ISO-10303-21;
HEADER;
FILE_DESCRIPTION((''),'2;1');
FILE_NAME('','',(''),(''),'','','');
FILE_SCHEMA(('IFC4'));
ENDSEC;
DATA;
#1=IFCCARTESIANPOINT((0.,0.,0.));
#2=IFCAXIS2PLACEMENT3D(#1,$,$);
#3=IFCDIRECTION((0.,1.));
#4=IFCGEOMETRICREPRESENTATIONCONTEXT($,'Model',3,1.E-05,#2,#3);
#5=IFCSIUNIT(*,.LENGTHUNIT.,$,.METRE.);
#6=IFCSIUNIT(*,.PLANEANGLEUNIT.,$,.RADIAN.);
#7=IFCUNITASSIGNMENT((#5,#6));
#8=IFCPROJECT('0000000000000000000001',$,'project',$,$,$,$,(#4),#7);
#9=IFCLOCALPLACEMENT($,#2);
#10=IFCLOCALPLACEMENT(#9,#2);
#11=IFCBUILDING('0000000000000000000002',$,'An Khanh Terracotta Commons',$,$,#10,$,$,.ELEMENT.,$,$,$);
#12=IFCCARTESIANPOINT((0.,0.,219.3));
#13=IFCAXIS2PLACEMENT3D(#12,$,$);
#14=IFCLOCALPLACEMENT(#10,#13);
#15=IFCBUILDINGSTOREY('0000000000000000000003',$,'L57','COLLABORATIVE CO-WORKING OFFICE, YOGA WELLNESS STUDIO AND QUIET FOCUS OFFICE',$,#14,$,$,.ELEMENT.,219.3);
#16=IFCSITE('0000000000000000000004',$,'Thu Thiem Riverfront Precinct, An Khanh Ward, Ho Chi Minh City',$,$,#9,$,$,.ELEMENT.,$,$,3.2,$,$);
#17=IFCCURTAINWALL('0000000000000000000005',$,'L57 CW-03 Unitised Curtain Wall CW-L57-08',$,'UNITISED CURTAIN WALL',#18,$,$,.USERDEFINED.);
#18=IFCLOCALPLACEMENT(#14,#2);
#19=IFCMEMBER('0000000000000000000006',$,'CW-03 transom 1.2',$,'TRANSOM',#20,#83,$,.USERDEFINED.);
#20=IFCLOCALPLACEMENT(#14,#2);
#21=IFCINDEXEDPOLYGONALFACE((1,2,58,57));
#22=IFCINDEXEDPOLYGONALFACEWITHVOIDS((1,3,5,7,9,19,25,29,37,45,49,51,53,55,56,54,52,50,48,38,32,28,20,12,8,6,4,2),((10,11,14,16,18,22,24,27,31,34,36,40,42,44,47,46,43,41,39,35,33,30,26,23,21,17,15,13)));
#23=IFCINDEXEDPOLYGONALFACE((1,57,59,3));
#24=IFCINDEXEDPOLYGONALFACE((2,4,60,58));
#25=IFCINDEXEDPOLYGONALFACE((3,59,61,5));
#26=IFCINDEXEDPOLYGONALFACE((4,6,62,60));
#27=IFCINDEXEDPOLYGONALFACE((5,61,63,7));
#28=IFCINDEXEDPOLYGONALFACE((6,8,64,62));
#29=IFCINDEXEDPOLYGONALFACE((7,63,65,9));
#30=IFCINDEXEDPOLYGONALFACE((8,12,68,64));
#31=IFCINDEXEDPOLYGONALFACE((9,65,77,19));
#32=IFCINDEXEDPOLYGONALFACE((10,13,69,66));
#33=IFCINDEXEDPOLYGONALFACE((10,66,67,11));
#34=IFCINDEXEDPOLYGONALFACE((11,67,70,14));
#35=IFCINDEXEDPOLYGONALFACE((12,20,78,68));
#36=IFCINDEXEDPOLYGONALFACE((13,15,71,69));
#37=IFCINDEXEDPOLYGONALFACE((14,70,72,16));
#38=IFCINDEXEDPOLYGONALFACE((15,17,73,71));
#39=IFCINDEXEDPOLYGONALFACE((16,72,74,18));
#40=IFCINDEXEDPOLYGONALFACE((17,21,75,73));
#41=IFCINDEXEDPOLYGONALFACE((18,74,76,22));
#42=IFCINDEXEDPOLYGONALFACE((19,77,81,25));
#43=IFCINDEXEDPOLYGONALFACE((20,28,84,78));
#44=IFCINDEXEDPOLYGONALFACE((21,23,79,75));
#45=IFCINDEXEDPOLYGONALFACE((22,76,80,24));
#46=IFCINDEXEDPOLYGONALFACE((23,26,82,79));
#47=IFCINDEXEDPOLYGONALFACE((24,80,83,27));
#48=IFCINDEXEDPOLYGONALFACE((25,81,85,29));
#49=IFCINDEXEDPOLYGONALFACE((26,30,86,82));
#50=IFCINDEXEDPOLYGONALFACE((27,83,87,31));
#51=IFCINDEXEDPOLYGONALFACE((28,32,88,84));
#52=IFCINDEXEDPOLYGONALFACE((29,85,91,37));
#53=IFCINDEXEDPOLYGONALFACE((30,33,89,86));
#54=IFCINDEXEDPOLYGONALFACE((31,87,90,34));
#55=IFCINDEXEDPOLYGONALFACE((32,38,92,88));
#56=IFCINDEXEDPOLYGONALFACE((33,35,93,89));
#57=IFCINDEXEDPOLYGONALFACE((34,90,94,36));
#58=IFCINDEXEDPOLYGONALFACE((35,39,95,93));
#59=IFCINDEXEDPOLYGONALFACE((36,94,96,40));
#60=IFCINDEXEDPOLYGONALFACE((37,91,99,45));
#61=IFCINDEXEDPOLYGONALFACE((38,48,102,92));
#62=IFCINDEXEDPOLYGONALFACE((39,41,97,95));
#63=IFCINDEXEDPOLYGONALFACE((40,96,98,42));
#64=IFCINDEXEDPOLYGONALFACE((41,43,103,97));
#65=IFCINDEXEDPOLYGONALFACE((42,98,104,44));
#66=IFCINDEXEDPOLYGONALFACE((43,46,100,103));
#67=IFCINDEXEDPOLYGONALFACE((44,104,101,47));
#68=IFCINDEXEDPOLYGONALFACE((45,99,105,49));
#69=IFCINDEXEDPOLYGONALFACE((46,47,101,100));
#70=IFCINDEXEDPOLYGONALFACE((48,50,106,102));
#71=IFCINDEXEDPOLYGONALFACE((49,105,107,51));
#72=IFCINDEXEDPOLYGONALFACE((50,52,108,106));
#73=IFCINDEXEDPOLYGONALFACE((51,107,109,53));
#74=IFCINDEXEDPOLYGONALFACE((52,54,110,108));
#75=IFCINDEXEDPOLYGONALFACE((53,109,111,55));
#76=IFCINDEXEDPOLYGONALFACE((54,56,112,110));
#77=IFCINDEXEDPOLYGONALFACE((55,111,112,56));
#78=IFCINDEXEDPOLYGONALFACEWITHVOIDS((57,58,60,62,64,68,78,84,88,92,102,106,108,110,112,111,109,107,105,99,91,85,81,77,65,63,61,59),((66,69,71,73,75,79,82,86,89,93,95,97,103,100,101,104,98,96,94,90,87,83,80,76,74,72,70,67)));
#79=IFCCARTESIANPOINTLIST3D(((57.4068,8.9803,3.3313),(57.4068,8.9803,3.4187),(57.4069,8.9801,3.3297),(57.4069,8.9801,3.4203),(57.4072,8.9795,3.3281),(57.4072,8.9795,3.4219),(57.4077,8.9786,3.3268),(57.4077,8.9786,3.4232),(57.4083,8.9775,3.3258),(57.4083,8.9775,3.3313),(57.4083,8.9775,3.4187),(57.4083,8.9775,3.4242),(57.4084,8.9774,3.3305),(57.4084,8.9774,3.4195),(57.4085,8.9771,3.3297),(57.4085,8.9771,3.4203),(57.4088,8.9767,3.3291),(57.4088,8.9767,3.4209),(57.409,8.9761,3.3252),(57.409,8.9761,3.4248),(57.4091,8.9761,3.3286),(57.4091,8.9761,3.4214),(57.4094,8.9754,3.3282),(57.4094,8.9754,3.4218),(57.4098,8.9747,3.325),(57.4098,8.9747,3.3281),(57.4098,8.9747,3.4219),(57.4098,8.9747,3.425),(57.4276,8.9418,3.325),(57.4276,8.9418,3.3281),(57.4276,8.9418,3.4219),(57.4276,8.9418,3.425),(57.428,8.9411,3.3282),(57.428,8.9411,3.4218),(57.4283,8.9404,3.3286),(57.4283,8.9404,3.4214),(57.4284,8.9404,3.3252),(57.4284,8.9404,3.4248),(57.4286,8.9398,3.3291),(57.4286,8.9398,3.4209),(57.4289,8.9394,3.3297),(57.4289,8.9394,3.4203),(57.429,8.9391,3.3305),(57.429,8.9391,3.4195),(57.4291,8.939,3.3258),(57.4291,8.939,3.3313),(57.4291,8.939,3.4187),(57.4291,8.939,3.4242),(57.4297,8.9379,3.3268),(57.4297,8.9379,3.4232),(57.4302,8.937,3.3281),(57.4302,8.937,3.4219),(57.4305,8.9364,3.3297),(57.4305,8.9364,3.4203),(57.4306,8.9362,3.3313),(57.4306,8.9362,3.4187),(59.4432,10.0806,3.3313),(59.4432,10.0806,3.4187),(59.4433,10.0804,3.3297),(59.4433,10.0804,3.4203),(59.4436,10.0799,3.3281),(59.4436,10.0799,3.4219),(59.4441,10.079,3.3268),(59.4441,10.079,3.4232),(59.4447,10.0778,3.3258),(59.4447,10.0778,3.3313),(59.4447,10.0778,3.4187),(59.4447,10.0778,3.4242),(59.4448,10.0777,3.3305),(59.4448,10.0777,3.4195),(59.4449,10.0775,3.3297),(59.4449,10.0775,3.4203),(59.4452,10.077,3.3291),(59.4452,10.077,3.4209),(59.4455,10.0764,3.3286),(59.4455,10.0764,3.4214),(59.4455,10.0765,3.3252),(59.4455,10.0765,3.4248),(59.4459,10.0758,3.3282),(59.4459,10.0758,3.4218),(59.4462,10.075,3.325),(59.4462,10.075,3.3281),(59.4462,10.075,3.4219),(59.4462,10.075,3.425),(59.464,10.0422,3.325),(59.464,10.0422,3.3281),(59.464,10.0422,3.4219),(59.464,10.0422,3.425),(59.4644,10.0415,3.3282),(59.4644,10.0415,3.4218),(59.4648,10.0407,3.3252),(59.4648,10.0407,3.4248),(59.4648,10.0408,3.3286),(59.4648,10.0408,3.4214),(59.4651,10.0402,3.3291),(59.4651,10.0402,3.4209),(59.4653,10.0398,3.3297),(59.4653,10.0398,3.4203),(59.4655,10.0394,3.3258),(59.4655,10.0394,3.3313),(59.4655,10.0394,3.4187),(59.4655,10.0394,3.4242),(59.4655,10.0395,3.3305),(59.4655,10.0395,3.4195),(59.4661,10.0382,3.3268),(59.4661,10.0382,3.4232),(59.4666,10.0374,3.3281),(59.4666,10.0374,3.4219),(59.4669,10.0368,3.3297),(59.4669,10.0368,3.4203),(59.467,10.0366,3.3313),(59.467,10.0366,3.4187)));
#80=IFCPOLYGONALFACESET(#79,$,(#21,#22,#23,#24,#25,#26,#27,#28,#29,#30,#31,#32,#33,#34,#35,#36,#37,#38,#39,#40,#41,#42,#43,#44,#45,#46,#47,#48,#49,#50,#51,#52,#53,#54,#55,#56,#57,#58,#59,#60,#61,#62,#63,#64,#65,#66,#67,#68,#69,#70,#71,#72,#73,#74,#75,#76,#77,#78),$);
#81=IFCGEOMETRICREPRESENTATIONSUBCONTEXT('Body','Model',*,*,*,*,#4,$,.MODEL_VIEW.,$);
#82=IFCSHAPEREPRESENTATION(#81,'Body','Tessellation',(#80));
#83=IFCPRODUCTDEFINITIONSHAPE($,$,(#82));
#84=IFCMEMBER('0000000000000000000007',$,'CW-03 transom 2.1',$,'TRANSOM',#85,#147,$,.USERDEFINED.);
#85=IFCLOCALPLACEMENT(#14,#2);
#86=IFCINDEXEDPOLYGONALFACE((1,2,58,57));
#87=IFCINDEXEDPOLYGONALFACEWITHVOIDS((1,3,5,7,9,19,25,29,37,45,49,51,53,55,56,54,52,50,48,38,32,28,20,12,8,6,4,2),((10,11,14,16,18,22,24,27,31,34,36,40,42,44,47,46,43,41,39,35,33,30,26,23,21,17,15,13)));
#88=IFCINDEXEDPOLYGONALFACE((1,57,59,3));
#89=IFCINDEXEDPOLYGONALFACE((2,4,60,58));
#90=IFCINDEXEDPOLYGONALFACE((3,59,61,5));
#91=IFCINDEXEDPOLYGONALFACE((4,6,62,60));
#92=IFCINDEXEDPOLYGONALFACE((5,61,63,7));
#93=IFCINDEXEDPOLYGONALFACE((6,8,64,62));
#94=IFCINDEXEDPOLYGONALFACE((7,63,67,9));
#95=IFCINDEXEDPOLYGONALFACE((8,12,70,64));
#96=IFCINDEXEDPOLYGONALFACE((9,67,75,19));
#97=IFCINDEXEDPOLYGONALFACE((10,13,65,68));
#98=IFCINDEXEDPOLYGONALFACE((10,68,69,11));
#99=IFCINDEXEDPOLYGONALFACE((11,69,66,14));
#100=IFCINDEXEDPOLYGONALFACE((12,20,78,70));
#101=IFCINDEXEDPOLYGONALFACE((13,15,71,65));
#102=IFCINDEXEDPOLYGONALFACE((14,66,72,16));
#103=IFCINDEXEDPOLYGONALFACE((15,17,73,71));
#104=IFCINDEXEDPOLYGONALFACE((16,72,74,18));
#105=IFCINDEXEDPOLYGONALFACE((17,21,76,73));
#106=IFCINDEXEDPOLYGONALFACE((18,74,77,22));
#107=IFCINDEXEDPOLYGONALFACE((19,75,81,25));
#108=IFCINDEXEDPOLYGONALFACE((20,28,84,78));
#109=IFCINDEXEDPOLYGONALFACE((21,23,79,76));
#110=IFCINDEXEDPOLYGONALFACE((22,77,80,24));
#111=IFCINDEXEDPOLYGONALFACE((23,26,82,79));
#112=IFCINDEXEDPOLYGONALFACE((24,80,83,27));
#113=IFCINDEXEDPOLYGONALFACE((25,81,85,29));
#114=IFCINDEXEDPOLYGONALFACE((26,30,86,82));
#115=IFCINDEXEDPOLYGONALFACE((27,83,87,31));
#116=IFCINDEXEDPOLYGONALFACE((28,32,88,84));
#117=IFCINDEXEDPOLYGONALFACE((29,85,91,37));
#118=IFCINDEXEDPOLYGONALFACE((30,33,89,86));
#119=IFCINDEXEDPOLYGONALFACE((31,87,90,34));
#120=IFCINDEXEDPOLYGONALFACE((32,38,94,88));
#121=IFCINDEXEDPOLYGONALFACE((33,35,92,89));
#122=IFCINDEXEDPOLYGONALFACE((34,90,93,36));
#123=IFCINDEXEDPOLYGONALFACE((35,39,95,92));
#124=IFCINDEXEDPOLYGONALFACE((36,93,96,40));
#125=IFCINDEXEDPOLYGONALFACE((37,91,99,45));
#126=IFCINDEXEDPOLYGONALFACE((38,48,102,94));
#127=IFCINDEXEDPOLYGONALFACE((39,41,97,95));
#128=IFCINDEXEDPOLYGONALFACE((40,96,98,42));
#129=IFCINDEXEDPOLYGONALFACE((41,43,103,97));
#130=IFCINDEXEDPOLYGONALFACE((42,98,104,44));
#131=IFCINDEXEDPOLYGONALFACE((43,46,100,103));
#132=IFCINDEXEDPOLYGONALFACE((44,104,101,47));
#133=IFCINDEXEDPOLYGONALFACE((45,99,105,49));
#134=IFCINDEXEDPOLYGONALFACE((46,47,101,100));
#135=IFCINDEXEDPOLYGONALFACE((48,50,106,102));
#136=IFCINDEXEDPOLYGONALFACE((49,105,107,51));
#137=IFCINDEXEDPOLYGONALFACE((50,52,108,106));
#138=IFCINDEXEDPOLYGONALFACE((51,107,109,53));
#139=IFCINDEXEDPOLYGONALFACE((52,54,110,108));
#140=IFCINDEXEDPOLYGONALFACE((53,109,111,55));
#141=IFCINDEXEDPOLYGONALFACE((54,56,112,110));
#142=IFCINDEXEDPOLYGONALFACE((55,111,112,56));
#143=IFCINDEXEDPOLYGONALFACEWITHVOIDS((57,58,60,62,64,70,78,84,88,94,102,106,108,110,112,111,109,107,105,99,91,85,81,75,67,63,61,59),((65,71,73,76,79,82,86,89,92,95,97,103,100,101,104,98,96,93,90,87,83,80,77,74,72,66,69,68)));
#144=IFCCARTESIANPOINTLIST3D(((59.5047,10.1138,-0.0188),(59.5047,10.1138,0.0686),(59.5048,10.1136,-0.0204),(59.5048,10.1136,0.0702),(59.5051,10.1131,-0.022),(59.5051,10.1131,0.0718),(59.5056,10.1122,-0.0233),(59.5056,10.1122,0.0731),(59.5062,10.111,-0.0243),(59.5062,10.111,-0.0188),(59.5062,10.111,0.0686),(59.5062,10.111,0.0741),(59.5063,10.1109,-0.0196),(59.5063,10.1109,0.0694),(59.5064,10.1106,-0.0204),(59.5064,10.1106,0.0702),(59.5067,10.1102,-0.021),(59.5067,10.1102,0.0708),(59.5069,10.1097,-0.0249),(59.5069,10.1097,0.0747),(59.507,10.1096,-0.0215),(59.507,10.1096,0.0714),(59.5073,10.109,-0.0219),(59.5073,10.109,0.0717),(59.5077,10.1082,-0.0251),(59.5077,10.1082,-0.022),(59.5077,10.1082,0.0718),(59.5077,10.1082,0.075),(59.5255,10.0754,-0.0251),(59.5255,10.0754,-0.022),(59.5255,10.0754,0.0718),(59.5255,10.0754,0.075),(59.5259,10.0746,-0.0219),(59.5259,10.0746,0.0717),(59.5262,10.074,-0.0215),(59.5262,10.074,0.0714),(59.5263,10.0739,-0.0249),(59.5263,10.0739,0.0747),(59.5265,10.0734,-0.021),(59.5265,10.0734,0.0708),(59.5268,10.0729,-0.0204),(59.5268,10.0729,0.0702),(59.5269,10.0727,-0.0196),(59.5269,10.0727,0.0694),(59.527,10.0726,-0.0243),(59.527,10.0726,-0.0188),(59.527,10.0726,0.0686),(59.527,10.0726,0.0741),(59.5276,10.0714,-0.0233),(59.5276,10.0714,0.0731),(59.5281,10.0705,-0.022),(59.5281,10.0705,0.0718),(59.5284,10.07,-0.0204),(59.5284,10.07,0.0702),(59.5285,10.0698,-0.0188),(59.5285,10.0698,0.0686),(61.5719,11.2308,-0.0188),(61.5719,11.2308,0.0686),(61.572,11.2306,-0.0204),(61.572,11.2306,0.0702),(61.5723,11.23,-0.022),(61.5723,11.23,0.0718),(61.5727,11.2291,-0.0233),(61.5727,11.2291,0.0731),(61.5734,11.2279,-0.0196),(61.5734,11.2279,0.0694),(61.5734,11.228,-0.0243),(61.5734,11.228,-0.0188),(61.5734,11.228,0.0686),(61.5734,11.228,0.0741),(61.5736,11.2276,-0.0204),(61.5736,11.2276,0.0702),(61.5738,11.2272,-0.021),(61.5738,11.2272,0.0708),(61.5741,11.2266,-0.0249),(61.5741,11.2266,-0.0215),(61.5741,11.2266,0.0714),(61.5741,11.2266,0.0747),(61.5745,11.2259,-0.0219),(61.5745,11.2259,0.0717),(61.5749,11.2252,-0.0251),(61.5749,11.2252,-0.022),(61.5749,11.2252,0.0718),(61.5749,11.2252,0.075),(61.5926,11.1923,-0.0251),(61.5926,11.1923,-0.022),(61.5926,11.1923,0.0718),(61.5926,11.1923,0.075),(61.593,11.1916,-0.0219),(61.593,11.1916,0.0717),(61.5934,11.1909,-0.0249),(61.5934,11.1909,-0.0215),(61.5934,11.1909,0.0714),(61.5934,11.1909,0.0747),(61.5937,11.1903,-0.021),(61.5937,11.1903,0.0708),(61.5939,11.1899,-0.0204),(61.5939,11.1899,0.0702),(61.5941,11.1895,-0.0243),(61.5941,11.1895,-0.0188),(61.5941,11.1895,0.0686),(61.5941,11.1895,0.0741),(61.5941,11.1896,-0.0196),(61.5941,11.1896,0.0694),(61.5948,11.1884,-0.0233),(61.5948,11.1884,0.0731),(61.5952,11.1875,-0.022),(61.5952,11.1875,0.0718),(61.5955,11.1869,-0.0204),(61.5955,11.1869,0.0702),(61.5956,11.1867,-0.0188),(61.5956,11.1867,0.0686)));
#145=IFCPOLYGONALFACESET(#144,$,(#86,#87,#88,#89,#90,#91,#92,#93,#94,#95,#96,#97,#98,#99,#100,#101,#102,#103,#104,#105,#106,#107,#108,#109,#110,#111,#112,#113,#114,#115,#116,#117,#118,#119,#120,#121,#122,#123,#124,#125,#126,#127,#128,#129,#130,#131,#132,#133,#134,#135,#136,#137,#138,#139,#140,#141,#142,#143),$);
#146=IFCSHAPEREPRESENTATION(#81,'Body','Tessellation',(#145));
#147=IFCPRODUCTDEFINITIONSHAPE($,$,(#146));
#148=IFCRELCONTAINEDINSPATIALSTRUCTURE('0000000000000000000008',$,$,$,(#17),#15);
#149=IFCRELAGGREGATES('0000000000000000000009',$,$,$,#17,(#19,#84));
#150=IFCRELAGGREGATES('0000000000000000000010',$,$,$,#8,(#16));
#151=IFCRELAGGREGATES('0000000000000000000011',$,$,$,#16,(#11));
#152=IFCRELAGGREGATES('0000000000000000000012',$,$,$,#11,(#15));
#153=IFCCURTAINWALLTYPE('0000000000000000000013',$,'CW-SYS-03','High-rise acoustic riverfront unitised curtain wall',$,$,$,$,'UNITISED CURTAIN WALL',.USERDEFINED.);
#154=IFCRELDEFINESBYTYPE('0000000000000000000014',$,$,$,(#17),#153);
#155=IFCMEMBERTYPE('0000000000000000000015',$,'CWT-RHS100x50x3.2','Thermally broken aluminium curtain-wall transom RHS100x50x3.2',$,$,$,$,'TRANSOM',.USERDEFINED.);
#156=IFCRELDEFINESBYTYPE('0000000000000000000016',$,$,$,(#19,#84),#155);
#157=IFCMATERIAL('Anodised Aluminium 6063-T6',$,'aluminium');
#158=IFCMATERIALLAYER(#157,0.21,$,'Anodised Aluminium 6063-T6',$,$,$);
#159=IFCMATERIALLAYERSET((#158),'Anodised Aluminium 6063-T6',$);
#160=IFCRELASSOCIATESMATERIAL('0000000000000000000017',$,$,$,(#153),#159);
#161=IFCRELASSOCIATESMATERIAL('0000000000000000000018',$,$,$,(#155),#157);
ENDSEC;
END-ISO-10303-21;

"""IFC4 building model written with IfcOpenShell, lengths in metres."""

from ifc_helpers import new_model, si_unit, direction, frame, origin, origin_2d, place, context, subcontext, project, spatial, hollow_rectangle, extrude, material, layer, layer_set, material_profile, profile_set, type_object, element, aggregate, save


model = new_model("IFC4")

# Units and contexts
model_context = context("Model", 3, precision=1e-05, world=origin(), true_north=direction((0.0, 1.0)))
body_context = subcontext(model_context, "Body", "Model", "MODEL_VIEW")
ifc_project = project(units=[si_unit("LENGTHUNIT", "METRE"), si_unit("PLANEANGLEUNIT", "RADIAN")], contexts=[model_context])

# Site, building, storey
site_placement = place(None, origin())
site = spatial("IfcSite", under=ifc_project, at=site_placement, Name="Thu Thiem Riverfront Precinct, An Khanh Ward, Ho Chi Minh City", CompositionType="ELEMENT", RefElevation=3.2)
building_placement = place(site_placement, origin())
building = spatial("IfcBuilding", under=site, at=building_placement, Name="An Khanh Terracotta Commons", CompositionType="ELEMENT")
storey_placement = place(building_placement, frame((0.0, 0.0, 219.3)))
storey = spatial("IfcBuildingStorey", under=building, at=storey_placement, Name="L57", Description="COLLABORATIVE CO-WORKING OFFICE, YOGA WELLNESS STUDIO AND QUIET FOCUS OFFICE", CompositionType="ELEMENT", Elevation=219.3)

# Curtain wall, members
ifc_material_1 = material(Name="Anodised Aluminium 6063-T6", Category="aluminium")
ifc_layer_1 = layer(ifc_material_1, 0.21, Name="Anodised Aluminium 6063-T6")
ifc_layer_set_1 = layer_set([ifc_layer_1], Name="Anodised Aluminium 6063-T6")
curtain_wall_type = type_object("IfcCurtainWallType", Name="CW-SYS-03", Description="High-rise acoustic riverfront unitised curtain wall", ElementType="UNITISED CURTAIN WALL", PredefinedType="USERDEFINED", material=ifc_layer_set_1)
curtain_wall_placement = place(storey_placement, origin())
curtain_wall = element("IfcCurtainWall", 1, at=curtain_wall_placement, inside=storey, type_object=curtain_wall_type, Name="L57 CW-03 Unitised Curtain Wall CW-L57-08", ObjectType="UNITISED CURTAIN WALL", PredefinedType="USERDEFINED")
ifc_material_profile_1 = material_profile(ifc_material_1, hollow_rectangle(XDim=0.05, YDim=0.1001, WallThickness=0.0032, InnerFilletRadius=0.0032, OuterFilletRadius=0.0063, at=origin_2d()), Name="RHS100x50x3.2")
ifc_profile_set_1 = profile_set([ifc_material_profile_1], Name="Anodised Aluminium 6063-T6")
member_type_1 = type_object("IfcMemberType", Name="CWT-RHS100x50x3.2", Description="Thermally broken aluminium curtain-wall transom RHS100x50x3.2", ElementType="TRANSOM", PredefinedType="USERDEFINED", material=ifc_profile_set_1)
member_1_placement = place(storey_placement, frame((57.4187, 8.9583, 3.375), z_axis=(0.879779, 0.475382, 0.0), x_axis=(-0.475382, 0.879779, 0.0)))
member_1 = element("IfcMember", 2, at=member_1_placement, type_object=member_type_1, Name="CW-03 transom 1.2", ObjectType="TRANSOM", PredefinedType="USERDEFINED", context=body_context, shape_type="SweptSolid", body=[
    extrude(hollow_rectangle(XDim=0.05, YDim=0.1001, WallThickness=0.0032, InnerFilletRadius=0.0032, OuterFilletRadius=0.0063, at=origin_2d()), origin(), (0.0, 0.0, 1.0), 2.3147),
])
member_2_placement = place(storey_placement, frame((59.5166, 10.0918, 0.0249), z_axis=(0.879783, 0.475376, 0.0), x_axis=(-0.475376, 0.879783, 0.0)))
member_2 = element("IfcMember", 3, at=member_2_placement, type_object=member_type_1, Name="CW-03 transom 2.1", ObjectType="TRANSOM", PredefinedType="USERDEFINED", context=body_context, shape_type="SweptSolid", body=[
    extrude(hollow_rectangle(XDim=0.05, YDim=0.1001, WallThickness=0.0032, InnerFilletRadius=0.0032, OuterFilletRadius=0.0063, at=origin_2d()), origin(), (0.0, 0.0, 1.0), 2.3496),
])
aggregate(curtain_wall, [member_1, member_2])

save(model, "model.ifc")
